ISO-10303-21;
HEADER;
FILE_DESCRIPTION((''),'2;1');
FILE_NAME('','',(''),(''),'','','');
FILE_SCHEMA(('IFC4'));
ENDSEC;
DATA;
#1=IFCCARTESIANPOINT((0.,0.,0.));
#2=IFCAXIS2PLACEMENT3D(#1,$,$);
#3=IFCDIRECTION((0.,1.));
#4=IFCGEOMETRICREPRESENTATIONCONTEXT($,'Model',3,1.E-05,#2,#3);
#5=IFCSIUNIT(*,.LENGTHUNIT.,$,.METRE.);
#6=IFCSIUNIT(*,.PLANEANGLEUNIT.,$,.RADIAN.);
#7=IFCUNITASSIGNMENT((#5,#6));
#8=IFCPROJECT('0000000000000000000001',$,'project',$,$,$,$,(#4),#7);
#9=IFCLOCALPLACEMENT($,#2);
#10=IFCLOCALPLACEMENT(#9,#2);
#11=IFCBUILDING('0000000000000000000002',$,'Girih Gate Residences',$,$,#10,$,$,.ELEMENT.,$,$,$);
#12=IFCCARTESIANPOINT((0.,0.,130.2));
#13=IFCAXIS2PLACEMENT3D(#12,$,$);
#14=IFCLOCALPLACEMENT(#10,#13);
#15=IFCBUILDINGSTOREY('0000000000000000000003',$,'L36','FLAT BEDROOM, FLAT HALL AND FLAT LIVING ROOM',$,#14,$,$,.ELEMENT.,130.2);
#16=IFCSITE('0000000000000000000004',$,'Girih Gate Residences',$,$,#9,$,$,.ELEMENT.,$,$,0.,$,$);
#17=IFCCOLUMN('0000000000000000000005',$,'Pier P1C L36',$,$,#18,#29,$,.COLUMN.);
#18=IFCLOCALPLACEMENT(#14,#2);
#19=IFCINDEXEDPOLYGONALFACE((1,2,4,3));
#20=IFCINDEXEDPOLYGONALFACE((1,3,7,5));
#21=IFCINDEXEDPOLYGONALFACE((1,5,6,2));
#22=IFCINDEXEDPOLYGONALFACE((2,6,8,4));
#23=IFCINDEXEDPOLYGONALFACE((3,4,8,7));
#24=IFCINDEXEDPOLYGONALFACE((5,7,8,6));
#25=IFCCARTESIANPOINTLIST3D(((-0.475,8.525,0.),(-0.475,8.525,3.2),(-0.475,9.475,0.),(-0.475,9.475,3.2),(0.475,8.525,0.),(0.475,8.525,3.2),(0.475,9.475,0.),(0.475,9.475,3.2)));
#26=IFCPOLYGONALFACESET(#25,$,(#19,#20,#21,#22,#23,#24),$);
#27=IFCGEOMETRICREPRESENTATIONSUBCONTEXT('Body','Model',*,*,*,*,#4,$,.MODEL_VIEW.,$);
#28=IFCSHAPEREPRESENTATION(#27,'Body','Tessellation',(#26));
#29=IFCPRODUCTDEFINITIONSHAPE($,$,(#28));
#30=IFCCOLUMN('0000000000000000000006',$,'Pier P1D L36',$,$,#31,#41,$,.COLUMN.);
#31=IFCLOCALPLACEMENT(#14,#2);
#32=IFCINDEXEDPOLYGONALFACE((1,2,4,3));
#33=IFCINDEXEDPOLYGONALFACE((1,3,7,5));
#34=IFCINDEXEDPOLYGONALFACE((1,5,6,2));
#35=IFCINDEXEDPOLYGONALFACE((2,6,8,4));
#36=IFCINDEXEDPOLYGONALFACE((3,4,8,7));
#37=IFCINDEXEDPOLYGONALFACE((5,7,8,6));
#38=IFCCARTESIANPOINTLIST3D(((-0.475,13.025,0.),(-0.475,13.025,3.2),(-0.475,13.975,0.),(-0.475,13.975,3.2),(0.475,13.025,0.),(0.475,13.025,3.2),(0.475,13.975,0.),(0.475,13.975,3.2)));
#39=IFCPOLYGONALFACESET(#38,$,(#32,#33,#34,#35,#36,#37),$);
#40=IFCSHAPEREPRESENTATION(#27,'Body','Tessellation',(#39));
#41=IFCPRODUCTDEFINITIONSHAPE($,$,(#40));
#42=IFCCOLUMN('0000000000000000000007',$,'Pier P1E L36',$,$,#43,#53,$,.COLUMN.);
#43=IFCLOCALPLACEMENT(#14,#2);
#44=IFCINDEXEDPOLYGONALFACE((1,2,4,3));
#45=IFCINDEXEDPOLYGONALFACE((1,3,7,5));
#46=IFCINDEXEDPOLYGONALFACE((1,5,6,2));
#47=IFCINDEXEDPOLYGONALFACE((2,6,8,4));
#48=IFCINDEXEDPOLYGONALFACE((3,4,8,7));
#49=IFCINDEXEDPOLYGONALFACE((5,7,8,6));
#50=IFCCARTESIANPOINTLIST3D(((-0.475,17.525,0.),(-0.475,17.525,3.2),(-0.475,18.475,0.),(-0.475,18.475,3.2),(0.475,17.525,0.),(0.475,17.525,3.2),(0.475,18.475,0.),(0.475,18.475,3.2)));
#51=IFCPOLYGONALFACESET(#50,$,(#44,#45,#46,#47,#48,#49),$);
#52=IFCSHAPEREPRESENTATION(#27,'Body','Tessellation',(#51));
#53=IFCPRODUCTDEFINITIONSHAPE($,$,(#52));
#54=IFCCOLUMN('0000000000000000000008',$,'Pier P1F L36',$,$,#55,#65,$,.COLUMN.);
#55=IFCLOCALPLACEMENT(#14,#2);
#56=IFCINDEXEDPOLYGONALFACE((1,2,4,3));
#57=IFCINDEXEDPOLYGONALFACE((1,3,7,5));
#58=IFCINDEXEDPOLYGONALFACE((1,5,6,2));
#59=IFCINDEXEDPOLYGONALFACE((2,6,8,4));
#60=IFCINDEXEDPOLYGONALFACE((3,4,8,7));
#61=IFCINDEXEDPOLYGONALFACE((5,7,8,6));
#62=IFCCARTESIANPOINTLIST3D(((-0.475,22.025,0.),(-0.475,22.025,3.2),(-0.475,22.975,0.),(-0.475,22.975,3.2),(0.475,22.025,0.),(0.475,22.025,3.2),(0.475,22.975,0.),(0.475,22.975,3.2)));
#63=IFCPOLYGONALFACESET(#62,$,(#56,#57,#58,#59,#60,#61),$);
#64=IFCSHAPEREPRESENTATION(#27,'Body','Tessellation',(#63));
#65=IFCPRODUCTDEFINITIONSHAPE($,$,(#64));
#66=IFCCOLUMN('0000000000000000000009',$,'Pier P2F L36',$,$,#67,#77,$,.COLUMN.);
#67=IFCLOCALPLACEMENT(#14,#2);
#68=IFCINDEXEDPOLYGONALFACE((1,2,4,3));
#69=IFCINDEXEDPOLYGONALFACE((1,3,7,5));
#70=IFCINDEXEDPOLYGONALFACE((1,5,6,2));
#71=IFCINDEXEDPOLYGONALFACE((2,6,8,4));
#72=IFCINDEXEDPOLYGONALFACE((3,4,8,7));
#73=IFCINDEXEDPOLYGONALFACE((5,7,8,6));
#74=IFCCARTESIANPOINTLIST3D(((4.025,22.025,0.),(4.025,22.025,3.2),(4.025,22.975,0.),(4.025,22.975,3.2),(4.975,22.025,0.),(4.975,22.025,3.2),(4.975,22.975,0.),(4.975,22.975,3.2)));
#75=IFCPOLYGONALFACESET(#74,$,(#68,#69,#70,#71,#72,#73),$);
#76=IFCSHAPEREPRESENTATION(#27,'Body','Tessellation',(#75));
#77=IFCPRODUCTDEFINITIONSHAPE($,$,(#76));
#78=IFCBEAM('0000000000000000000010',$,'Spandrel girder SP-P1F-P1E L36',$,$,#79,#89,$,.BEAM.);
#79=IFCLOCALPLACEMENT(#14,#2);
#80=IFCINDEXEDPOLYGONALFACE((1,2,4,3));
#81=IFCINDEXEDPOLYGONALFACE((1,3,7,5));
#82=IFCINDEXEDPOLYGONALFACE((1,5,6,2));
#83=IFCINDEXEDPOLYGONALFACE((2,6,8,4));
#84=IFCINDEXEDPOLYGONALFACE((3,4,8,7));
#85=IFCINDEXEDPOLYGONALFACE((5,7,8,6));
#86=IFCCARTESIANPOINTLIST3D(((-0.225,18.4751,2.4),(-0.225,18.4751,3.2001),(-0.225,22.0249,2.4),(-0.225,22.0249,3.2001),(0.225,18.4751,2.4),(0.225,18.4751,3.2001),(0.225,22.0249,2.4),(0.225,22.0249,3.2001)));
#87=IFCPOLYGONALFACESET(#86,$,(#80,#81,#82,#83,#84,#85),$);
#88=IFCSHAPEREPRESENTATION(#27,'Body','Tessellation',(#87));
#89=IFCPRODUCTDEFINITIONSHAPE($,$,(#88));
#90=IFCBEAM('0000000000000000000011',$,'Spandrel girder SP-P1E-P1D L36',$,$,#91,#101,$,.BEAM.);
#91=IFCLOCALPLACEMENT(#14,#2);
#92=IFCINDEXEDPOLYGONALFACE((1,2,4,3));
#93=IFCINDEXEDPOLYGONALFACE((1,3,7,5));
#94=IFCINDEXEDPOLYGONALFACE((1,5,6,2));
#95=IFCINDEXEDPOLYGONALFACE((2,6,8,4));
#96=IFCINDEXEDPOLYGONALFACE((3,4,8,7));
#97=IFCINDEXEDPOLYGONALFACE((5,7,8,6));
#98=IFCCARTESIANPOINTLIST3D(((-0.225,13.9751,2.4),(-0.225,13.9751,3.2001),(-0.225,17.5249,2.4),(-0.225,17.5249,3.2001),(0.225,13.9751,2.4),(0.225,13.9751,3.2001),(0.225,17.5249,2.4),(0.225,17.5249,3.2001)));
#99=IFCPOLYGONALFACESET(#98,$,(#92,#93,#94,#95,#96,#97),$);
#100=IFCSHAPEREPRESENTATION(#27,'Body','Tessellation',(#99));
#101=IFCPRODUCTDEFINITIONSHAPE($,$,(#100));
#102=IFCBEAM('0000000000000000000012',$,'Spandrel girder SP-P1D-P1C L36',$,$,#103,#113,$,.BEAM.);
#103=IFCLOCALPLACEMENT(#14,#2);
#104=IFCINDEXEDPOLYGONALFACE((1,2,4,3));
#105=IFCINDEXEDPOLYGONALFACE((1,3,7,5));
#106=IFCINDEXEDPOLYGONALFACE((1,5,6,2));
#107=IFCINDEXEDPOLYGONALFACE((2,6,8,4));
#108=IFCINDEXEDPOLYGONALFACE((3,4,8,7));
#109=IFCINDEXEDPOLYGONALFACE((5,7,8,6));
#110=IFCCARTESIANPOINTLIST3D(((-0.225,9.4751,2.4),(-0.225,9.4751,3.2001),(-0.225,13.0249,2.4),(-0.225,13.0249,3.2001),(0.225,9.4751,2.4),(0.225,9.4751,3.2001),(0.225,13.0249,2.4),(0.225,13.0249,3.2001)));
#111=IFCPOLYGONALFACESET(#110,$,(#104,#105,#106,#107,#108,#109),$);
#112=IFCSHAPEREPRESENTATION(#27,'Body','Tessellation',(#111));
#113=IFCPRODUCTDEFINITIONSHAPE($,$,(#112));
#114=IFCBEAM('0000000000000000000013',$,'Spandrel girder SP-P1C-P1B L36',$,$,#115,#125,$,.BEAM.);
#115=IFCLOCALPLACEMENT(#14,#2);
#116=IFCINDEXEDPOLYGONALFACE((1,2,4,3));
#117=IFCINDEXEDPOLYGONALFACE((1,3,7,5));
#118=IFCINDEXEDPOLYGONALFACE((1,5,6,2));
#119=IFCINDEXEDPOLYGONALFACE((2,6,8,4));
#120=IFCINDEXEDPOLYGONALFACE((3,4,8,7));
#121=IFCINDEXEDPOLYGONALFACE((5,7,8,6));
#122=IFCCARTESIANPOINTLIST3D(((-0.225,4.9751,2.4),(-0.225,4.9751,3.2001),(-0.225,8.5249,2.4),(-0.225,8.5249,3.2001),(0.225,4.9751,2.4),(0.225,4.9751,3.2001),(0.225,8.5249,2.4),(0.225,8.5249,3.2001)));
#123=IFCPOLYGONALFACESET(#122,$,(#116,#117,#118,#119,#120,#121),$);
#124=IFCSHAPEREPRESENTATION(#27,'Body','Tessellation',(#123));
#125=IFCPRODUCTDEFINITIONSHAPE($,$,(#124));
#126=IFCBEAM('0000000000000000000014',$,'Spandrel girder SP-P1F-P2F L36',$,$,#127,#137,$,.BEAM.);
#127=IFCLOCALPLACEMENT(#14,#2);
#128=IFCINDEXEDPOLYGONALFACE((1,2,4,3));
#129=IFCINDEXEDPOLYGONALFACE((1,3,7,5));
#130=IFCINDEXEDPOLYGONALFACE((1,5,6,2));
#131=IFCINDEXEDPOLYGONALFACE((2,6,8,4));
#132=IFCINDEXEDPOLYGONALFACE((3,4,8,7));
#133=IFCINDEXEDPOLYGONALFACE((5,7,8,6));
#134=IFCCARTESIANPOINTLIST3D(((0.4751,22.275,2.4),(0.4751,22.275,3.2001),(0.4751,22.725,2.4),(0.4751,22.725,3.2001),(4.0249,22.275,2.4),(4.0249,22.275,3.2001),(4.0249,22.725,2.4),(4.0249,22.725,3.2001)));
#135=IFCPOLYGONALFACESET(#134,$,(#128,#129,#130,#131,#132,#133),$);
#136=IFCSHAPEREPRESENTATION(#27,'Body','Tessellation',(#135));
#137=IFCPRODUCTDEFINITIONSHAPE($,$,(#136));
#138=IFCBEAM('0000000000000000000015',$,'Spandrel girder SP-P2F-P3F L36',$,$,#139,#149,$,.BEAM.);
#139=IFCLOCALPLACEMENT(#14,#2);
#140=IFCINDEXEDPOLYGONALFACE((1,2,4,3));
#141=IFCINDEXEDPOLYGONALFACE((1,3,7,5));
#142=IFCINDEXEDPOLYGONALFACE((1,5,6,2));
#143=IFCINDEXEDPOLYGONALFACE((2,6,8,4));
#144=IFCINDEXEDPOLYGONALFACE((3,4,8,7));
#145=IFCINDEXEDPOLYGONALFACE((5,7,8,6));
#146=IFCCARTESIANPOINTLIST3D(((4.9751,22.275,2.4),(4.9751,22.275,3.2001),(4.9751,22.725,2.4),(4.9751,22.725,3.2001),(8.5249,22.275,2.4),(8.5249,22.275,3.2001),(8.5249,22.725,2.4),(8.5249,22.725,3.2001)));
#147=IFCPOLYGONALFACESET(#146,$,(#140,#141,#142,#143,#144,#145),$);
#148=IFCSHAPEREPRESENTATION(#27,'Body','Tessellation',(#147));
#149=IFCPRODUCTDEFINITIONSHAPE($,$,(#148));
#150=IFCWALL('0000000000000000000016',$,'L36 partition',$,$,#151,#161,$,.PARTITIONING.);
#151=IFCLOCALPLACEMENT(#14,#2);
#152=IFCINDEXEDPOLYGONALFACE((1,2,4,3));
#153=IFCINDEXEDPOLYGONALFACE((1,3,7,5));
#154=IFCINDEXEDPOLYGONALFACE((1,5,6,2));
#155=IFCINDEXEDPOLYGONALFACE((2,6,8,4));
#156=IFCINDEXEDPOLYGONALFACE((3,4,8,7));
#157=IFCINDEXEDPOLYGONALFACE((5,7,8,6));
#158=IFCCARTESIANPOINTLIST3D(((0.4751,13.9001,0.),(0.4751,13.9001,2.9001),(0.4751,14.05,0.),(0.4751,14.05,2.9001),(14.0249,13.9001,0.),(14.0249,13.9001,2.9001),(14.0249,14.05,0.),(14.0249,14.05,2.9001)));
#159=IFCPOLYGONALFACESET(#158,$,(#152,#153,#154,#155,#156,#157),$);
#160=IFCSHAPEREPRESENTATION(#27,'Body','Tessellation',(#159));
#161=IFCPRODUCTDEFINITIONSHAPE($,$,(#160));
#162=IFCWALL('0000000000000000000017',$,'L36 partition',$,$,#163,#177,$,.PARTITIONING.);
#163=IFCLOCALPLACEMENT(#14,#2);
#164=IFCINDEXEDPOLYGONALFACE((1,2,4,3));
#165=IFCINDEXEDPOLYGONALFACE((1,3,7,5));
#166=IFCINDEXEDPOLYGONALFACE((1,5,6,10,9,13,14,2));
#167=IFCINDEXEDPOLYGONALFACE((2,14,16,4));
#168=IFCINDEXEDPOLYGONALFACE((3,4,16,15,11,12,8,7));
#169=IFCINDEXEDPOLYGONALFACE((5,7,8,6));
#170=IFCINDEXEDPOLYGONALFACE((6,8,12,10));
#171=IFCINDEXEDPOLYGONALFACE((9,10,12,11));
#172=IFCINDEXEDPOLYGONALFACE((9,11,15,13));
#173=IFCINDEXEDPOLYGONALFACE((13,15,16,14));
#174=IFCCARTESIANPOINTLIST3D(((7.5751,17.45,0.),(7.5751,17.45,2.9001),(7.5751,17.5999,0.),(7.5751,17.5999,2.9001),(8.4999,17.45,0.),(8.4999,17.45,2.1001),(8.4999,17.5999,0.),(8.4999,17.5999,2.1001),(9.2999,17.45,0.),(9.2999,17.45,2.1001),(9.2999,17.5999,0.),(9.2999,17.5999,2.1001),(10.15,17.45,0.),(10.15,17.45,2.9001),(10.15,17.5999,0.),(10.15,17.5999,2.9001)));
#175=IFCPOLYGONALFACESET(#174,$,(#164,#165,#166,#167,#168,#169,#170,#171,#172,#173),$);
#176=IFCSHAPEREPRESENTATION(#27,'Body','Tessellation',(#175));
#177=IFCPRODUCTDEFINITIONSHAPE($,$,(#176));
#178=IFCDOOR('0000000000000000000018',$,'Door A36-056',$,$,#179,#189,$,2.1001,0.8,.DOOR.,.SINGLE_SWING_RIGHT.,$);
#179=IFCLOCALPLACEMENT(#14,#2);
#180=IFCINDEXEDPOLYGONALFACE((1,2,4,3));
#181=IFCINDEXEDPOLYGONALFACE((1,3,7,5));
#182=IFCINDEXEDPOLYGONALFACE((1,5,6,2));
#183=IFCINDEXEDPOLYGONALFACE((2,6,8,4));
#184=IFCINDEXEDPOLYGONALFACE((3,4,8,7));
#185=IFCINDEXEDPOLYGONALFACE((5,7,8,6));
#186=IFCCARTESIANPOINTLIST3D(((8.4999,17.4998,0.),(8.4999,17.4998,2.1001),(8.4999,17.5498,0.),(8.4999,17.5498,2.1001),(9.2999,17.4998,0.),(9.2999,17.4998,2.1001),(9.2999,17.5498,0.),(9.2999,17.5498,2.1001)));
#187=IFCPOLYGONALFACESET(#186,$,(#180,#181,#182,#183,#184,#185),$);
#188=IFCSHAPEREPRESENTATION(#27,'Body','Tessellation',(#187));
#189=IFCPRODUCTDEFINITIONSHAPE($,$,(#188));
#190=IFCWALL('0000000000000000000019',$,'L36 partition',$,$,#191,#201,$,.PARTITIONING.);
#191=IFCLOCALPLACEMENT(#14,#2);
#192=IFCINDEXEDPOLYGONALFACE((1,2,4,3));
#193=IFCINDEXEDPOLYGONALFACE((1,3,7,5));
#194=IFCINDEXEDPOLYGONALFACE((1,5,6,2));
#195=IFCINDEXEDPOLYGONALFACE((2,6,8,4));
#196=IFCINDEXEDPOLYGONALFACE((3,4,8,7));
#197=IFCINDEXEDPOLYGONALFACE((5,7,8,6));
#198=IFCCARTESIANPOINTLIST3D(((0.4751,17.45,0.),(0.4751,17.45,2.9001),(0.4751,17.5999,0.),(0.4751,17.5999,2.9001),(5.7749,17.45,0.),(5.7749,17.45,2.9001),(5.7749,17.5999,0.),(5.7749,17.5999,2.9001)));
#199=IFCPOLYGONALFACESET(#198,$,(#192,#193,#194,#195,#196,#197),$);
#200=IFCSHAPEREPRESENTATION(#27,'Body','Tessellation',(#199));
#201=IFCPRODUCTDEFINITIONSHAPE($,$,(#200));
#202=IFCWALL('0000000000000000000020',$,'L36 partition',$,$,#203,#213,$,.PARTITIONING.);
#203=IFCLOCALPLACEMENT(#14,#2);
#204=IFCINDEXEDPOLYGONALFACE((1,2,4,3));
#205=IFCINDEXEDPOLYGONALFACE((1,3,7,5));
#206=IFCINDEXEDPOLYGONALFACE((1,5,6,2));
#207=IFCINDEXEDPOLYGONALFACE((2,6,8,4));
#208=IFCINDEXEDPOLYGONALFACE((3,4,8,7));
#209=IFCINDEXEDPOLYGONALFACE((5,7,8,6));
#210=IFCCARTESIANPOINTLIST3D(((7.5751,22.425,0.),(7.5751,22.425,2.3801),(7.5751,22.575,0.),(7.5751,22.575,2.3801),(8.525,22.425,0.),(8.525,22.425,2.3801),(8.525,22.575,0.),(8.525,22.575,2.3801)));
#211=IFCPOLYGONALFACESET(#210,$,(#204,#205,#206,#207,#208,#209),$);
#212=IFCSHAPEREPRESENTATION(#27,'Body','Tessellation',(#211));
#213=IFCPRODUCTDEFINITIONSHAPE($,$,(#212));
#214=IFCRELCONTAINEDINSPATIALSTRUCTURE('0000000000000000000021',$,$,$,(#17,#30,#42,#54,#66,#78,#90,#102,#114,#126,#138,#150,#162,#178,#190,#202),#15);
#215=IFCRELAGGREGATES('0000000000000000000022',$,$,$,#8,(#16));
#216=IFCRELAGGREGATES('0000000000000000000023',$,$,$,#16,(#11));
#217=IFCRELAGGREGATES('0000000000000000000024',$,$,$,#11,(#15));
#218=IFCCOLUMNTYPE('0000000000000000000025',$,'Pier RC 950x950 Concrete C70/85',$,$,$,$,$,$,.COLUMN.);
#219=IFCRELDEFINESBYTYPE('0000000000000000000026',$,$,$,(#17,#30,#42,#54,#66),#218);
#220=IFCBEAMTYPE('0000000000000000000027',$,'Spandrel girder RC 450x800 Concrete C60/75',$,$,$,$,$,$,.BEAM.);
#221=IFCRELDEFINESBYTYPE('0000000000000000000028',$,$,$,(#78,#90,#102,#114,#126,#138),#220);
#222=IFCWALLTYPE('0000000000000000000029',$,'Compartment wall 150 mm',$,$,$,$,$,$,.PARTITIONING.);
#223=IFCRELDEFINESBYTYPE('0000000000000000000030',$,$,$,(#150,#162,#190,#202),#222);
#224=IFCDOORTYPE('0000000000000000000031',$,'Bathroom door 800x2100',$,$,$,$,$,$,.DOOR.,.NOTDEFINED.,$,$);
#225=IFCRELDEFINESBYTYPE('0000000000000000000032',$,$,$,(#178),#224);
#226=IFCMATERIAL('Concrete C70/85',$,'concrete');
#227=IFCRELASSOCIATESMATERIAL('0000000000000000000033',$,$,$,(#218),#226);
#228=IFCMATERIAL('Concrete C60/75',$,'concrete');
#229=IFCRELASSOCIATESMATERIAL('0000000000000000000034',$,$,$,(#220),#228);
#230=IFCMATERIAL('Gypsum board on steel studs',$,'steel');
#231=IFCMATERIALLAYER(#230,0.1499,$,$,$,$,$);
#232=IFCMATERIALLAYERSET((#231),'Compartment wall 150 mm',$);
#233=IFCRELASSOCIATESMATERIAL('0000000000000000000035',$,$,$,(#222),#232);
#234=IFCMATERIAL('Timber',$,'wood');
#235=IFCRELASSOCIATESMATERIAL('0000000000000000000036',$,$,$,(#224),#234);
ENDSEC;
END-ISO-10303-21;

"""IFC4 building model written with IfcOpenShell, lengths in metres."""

from ifc_helpers import new_model, si_unit, direction, frame, frame_2d, origin, origin_2d, place, context, subcontext, project, spatial, rectangle, extrude, material, layer, layer_set, material_profile, profile_set, type_object, element, fill, save


model = new_model("IFC4")

# Units and contexts
model_context = context("Model", 3, precision=1e-05, world=origin(), true_north=direction((0.0, 1.0)))
body_context = subcontext(model_context, "Body", "Model", "MODEL_VIEW")
ifc_project = project(units=[si_unit("LENGTHUNIT", "METRE"), si_unit("PLANEANGLEUNIT", "RADIAN")], contexts=[model_context])

# Site, building, storey
site_placement = place(None, origin())
site = spatial("IfcSite", under=ifc_project, at=site_placement, Name="Girih Gate Residences", CompositionType="ELEMENT", RefElevation=0.0)
building_placement = place(site_placement, origin())
building = spatial("IfcBuilding", under=site, at=building_placement, Name="Girih Gate Residences", CompositionType="ELEMENT")
storey_placement = place(building_placement, frame((0.0, 0.0, 130.2)))
storey = spatial("IfcBuildingStorey", under=building, at=storey_placement, Name="L36", Description="FLAT BEDROOM, FLAT HALL AND FLAT LIVING ROOM", CompositionType="ELEMENT", Elevation=130.2)

# Columns
ifc_material_1 = material(Name="Concrete C70/85", Category="concrete")
ifc_material_profile_1 = material_profile(ifc_material_1, rectangle(XDim=0.95, YDim=0.95, at=origin_2d()))
ifc_profile_set_1 = profile_set([ifc_material_profile_1], Name="Concrete C70/85")
column_type = type_object("IfcColumnType", Name="Pier RC 950x950 Concrete C70/85", PredefinedType="COLUMN", material=ifc_profile_set_1)
for number, where, z_axis, x_axis, name in (
    (1, (0.0, 9.0, 0.0), (0.0, 0.0, 1.0), (1.0, 0.0, 0.0), "Pier P1C L36"),
    (2, (0.0, 13.5, 0.0), (0.0, 0.0, 1.0), (1.0, 0.0, 0.0), "Pier P1D L36"),
    (3, (0.0, 18.0, 0.0), (0.0, 0.0, 1.0), (1.0, 0.0, 0.0), "Pier P1E L36"),
    (4, (0.0, 22.5, 0.0), (0.0, 0.0, 1.0), (1.0, 0.0, 0.0), "Pier P1F L36"),
    (5, (4.5, 22.5, 0.0), (0.0, 0.0, 1.0), (1.0, 0.0, 0.0), "Pier P2F L36"),
):
    element("IfcColumn", number, at=place(storey_placement, frame(where, z_axis=z_axis, x_axis=x_axis)), inside=storey, type_object=column_type, Name=name, PredefinedType="COLUMN", context=body_context, shape_type="SweptSolid", body=[
        extrude(rectangle(XDim=0.95, YDim=0.95, at=origin_2d()), origin(), (0.0, 0.0, 1.0), 3.2),
    ])

# Beams
ifc_material_2 = material(Name="Concrete C60/75", Category="concrete")
ifc_material_profile_2 = material_profile(ifc_material_2, rectangle(XDim=0.45, YDim=0.8, at=origin_2d()))
ifc_profile_set_2 = profile_set([ifc_material_profile_2], Name="Concrete C60/75")
beam_type = type_object("IfcBeamType", Name="Spandrel girder RC 450x800 Concrete C60/75", PredefinedType="BEAM", material=ifc_profile_set_2)
for number, where, z_axis, x_axis, name in (
    (6, (0.0, 22.0249, 2.8), (0.0, -1.0, 0.0), (1.0, 0.0, 0.0), "Spandrel girder SP-P1F-P1E L36"),
    (7, (0.0, 17.5249, 2.8), (0.0, -1.0, 0.0), (1.0, 0.0, 0.0), "Spandrel girder SP-P1E-P1D L36"),
    (8, (0.0, 13.0249, 2.8), (0.0, -1.0, 0.0), (1.0, 0.0, 0.0), "Spandrel girder SP-P1D-P1C L36"),
    (9, (0.0, 8.5249, 2.8), (0.0, -1.0, 0.0), (1.0, 0.0, 0.0), "Spandrel girder SP-P1C-P1B L36"),
    (10, (0.4751, 22.5, 2.8), (1.0, 0.0, 0.0), (0.0, 1.0, 0.0), "Spandrel girder SP-P1F-P2F L36"),
    (11, (4.9751, 22.5, 2.8), (1.0, 0.0, 0.0), (0.0, 1.0, 0.0), "Spandrel girder SP-P2F-P3F L36"),
):
    element("IfcBeam", number, at=place(storey_placement, frame(where, z_axis=z_axis, x_axis=x_axis)), inside=storey, type_object=beam_type, Name=name, PredefinedType="BEAM", context=body_context, shape_type="SweptSolid", body=[
        extrude(rectangle(XDim=0.45, YDim=0.8, at=origin_2d()), origin(), (0.0, 0.0, 1.0), 3.5498),
    ])

# Wall
ifc_material_3 = material(Name="Gypsum board on steel studs", Category="steel")
ifc_layer_1 = layer(ifc_material_3, 0.1499)
ifc_layer_set_1 = layer_set([ifc_layer_1], Name="Compartment wall 150 mm")
wall_type_1 = type_object("IfcWallType", Name="Compartment wall 150 mm", PredefinedType="PARTITIONING", material=ifc_layer_set_1)
wall_1_placement = place(storey_placement, frame((0.4751, 13.9751, 0.0), z_axis=(0.0, 0.0, 1.0), x_axis=(1.0, 0.0, 0.0)))
element("IfcWall", 12, at=wall_1_placement, inside=storey, type_object=wall_type_1, Name="L36 partition", PredefinedType="PARTITIONING", context=body_context, shape_type="SweptSolid", body=[
    extrude(rectangle(XDim=13.5498, YDim=0.1499, at=frame_2d((6.7749, 0.0))), origin(), (0.0, 0.0, 1.0), 2.9001),
])

# Wall, opening, door
wall_2_placement = place(storey_placement, frame((7.575, 17.5249, 0.0), z_axis=(0.0, 0.0, 1.0), x_axis=(1.0, 0.0, 0.0)))
wall_2 = element("IfcWall", 13, at=wall_2_placement, inside=storey, type_object=wall_type_1, Name="L36 partition", PredefinedType="PARTITIONING", context=body_context, shape_type="SweptSolid", body=[
    extrude(rectangle(XDim=2.575, YDim=0.1499, at=frame_2d((1.2876, 0.0))), origin(), (0.0, 0.0, 1.0), 2.9001),
])
opening_1_placement = place(wall_2_placement, frame((0.925, 0.0, 0.0)))
opening_1 = element("IfcOpeningElement", 14, at=opening_1_placement, cuts=wall_2, PredefinedType="OPENING", context=body_context, shape_type="SweptSolid", body=[
    extrude(rectangle(XDim=0.8, YDim=2.1001, at=frame_2d((0.3999, 1.05))), frame((0.0, 0.085, 0.0), z_axis=(0.0, -1.0, 0.0), x_axis=(1.0, 0.0, 0.0)), (0.0, 0.0, 1.0), 0.1699),
])
ifc_material_4 = material(Name="Timber", Category="wood")
door_type_1 = type_object("IfcDoorType", Name="Bathroom door 800x2100", OperationType="NOTDEFINED", PredefinedType="DOOR", material=ifc_material_4)
door_1_placement = place(opening_1_placement, origin())
door_1 = element("IfcDoor", 15, at=door_1_placement, inside=storey, type_object=door_type_1, Name="Door A36-056", OperationType="SINGLE_SWING_RIGHT", OverallHeight=2.1001, OverallWidth=0.8, PredefinedType="DOOR", context=body_context, shape_type="SweptSolid", body=[
    extrude(rectangle(XDim=0.8, YDim=2.1001, at=frame_2d((0.3999, 1.05))), frame((0.0, 0.0249, 0.0), z_axis=(0.0, -1.0, 0.0), x_axis=(1.0, 0.0, 0.0)), (0.0, 0.0, 1.0), 0.05),
])
fill(opening_1, door_1)

# Walls
wall_3_placement = place(storey_placement, frame((0.4751, 17.5249, 0.0), z_axis=(0.0, 0.0, 1.0), x_axis=(1.0, 0.0, 0.0)))
element("IfcWall", 16, at=wall_3_placement, inside=storey, type_object=wall_type_1, Name="L36 partition", PredefinedType="PARTITIONING", context=body_context, shape_type="SweptSolid", body=[
    extrude(rectangle(XDim=5.2998, YDim=0.1499, at=frame_2d((2.6499, 0.0))), origin(), (0.0, 0.0, 1.0), 2.9001),
])
wall_4_placement = place(storey_placement, frame((7.575, 22.5, 0.0), z_axis=(0.0, 0.0, 1.0), x_axis=(1.0, 0.0, 0.0)))
element("IfcWall", 17, at=wall_4_placement, inside=storey, type_object=wall_type_1, Name="L36 partition", PredefinedType="PARTITIONING", context=body_context, shape_type="SweptSolid", body=[
    extrude(rectangle(XDim=0.95, YDim=0.1499, at=frame_2d((0.4751, 0.0))), origin(), (0.0, 0.0, 1.0), 2.3801),
])

save(model, "model.ifc")
